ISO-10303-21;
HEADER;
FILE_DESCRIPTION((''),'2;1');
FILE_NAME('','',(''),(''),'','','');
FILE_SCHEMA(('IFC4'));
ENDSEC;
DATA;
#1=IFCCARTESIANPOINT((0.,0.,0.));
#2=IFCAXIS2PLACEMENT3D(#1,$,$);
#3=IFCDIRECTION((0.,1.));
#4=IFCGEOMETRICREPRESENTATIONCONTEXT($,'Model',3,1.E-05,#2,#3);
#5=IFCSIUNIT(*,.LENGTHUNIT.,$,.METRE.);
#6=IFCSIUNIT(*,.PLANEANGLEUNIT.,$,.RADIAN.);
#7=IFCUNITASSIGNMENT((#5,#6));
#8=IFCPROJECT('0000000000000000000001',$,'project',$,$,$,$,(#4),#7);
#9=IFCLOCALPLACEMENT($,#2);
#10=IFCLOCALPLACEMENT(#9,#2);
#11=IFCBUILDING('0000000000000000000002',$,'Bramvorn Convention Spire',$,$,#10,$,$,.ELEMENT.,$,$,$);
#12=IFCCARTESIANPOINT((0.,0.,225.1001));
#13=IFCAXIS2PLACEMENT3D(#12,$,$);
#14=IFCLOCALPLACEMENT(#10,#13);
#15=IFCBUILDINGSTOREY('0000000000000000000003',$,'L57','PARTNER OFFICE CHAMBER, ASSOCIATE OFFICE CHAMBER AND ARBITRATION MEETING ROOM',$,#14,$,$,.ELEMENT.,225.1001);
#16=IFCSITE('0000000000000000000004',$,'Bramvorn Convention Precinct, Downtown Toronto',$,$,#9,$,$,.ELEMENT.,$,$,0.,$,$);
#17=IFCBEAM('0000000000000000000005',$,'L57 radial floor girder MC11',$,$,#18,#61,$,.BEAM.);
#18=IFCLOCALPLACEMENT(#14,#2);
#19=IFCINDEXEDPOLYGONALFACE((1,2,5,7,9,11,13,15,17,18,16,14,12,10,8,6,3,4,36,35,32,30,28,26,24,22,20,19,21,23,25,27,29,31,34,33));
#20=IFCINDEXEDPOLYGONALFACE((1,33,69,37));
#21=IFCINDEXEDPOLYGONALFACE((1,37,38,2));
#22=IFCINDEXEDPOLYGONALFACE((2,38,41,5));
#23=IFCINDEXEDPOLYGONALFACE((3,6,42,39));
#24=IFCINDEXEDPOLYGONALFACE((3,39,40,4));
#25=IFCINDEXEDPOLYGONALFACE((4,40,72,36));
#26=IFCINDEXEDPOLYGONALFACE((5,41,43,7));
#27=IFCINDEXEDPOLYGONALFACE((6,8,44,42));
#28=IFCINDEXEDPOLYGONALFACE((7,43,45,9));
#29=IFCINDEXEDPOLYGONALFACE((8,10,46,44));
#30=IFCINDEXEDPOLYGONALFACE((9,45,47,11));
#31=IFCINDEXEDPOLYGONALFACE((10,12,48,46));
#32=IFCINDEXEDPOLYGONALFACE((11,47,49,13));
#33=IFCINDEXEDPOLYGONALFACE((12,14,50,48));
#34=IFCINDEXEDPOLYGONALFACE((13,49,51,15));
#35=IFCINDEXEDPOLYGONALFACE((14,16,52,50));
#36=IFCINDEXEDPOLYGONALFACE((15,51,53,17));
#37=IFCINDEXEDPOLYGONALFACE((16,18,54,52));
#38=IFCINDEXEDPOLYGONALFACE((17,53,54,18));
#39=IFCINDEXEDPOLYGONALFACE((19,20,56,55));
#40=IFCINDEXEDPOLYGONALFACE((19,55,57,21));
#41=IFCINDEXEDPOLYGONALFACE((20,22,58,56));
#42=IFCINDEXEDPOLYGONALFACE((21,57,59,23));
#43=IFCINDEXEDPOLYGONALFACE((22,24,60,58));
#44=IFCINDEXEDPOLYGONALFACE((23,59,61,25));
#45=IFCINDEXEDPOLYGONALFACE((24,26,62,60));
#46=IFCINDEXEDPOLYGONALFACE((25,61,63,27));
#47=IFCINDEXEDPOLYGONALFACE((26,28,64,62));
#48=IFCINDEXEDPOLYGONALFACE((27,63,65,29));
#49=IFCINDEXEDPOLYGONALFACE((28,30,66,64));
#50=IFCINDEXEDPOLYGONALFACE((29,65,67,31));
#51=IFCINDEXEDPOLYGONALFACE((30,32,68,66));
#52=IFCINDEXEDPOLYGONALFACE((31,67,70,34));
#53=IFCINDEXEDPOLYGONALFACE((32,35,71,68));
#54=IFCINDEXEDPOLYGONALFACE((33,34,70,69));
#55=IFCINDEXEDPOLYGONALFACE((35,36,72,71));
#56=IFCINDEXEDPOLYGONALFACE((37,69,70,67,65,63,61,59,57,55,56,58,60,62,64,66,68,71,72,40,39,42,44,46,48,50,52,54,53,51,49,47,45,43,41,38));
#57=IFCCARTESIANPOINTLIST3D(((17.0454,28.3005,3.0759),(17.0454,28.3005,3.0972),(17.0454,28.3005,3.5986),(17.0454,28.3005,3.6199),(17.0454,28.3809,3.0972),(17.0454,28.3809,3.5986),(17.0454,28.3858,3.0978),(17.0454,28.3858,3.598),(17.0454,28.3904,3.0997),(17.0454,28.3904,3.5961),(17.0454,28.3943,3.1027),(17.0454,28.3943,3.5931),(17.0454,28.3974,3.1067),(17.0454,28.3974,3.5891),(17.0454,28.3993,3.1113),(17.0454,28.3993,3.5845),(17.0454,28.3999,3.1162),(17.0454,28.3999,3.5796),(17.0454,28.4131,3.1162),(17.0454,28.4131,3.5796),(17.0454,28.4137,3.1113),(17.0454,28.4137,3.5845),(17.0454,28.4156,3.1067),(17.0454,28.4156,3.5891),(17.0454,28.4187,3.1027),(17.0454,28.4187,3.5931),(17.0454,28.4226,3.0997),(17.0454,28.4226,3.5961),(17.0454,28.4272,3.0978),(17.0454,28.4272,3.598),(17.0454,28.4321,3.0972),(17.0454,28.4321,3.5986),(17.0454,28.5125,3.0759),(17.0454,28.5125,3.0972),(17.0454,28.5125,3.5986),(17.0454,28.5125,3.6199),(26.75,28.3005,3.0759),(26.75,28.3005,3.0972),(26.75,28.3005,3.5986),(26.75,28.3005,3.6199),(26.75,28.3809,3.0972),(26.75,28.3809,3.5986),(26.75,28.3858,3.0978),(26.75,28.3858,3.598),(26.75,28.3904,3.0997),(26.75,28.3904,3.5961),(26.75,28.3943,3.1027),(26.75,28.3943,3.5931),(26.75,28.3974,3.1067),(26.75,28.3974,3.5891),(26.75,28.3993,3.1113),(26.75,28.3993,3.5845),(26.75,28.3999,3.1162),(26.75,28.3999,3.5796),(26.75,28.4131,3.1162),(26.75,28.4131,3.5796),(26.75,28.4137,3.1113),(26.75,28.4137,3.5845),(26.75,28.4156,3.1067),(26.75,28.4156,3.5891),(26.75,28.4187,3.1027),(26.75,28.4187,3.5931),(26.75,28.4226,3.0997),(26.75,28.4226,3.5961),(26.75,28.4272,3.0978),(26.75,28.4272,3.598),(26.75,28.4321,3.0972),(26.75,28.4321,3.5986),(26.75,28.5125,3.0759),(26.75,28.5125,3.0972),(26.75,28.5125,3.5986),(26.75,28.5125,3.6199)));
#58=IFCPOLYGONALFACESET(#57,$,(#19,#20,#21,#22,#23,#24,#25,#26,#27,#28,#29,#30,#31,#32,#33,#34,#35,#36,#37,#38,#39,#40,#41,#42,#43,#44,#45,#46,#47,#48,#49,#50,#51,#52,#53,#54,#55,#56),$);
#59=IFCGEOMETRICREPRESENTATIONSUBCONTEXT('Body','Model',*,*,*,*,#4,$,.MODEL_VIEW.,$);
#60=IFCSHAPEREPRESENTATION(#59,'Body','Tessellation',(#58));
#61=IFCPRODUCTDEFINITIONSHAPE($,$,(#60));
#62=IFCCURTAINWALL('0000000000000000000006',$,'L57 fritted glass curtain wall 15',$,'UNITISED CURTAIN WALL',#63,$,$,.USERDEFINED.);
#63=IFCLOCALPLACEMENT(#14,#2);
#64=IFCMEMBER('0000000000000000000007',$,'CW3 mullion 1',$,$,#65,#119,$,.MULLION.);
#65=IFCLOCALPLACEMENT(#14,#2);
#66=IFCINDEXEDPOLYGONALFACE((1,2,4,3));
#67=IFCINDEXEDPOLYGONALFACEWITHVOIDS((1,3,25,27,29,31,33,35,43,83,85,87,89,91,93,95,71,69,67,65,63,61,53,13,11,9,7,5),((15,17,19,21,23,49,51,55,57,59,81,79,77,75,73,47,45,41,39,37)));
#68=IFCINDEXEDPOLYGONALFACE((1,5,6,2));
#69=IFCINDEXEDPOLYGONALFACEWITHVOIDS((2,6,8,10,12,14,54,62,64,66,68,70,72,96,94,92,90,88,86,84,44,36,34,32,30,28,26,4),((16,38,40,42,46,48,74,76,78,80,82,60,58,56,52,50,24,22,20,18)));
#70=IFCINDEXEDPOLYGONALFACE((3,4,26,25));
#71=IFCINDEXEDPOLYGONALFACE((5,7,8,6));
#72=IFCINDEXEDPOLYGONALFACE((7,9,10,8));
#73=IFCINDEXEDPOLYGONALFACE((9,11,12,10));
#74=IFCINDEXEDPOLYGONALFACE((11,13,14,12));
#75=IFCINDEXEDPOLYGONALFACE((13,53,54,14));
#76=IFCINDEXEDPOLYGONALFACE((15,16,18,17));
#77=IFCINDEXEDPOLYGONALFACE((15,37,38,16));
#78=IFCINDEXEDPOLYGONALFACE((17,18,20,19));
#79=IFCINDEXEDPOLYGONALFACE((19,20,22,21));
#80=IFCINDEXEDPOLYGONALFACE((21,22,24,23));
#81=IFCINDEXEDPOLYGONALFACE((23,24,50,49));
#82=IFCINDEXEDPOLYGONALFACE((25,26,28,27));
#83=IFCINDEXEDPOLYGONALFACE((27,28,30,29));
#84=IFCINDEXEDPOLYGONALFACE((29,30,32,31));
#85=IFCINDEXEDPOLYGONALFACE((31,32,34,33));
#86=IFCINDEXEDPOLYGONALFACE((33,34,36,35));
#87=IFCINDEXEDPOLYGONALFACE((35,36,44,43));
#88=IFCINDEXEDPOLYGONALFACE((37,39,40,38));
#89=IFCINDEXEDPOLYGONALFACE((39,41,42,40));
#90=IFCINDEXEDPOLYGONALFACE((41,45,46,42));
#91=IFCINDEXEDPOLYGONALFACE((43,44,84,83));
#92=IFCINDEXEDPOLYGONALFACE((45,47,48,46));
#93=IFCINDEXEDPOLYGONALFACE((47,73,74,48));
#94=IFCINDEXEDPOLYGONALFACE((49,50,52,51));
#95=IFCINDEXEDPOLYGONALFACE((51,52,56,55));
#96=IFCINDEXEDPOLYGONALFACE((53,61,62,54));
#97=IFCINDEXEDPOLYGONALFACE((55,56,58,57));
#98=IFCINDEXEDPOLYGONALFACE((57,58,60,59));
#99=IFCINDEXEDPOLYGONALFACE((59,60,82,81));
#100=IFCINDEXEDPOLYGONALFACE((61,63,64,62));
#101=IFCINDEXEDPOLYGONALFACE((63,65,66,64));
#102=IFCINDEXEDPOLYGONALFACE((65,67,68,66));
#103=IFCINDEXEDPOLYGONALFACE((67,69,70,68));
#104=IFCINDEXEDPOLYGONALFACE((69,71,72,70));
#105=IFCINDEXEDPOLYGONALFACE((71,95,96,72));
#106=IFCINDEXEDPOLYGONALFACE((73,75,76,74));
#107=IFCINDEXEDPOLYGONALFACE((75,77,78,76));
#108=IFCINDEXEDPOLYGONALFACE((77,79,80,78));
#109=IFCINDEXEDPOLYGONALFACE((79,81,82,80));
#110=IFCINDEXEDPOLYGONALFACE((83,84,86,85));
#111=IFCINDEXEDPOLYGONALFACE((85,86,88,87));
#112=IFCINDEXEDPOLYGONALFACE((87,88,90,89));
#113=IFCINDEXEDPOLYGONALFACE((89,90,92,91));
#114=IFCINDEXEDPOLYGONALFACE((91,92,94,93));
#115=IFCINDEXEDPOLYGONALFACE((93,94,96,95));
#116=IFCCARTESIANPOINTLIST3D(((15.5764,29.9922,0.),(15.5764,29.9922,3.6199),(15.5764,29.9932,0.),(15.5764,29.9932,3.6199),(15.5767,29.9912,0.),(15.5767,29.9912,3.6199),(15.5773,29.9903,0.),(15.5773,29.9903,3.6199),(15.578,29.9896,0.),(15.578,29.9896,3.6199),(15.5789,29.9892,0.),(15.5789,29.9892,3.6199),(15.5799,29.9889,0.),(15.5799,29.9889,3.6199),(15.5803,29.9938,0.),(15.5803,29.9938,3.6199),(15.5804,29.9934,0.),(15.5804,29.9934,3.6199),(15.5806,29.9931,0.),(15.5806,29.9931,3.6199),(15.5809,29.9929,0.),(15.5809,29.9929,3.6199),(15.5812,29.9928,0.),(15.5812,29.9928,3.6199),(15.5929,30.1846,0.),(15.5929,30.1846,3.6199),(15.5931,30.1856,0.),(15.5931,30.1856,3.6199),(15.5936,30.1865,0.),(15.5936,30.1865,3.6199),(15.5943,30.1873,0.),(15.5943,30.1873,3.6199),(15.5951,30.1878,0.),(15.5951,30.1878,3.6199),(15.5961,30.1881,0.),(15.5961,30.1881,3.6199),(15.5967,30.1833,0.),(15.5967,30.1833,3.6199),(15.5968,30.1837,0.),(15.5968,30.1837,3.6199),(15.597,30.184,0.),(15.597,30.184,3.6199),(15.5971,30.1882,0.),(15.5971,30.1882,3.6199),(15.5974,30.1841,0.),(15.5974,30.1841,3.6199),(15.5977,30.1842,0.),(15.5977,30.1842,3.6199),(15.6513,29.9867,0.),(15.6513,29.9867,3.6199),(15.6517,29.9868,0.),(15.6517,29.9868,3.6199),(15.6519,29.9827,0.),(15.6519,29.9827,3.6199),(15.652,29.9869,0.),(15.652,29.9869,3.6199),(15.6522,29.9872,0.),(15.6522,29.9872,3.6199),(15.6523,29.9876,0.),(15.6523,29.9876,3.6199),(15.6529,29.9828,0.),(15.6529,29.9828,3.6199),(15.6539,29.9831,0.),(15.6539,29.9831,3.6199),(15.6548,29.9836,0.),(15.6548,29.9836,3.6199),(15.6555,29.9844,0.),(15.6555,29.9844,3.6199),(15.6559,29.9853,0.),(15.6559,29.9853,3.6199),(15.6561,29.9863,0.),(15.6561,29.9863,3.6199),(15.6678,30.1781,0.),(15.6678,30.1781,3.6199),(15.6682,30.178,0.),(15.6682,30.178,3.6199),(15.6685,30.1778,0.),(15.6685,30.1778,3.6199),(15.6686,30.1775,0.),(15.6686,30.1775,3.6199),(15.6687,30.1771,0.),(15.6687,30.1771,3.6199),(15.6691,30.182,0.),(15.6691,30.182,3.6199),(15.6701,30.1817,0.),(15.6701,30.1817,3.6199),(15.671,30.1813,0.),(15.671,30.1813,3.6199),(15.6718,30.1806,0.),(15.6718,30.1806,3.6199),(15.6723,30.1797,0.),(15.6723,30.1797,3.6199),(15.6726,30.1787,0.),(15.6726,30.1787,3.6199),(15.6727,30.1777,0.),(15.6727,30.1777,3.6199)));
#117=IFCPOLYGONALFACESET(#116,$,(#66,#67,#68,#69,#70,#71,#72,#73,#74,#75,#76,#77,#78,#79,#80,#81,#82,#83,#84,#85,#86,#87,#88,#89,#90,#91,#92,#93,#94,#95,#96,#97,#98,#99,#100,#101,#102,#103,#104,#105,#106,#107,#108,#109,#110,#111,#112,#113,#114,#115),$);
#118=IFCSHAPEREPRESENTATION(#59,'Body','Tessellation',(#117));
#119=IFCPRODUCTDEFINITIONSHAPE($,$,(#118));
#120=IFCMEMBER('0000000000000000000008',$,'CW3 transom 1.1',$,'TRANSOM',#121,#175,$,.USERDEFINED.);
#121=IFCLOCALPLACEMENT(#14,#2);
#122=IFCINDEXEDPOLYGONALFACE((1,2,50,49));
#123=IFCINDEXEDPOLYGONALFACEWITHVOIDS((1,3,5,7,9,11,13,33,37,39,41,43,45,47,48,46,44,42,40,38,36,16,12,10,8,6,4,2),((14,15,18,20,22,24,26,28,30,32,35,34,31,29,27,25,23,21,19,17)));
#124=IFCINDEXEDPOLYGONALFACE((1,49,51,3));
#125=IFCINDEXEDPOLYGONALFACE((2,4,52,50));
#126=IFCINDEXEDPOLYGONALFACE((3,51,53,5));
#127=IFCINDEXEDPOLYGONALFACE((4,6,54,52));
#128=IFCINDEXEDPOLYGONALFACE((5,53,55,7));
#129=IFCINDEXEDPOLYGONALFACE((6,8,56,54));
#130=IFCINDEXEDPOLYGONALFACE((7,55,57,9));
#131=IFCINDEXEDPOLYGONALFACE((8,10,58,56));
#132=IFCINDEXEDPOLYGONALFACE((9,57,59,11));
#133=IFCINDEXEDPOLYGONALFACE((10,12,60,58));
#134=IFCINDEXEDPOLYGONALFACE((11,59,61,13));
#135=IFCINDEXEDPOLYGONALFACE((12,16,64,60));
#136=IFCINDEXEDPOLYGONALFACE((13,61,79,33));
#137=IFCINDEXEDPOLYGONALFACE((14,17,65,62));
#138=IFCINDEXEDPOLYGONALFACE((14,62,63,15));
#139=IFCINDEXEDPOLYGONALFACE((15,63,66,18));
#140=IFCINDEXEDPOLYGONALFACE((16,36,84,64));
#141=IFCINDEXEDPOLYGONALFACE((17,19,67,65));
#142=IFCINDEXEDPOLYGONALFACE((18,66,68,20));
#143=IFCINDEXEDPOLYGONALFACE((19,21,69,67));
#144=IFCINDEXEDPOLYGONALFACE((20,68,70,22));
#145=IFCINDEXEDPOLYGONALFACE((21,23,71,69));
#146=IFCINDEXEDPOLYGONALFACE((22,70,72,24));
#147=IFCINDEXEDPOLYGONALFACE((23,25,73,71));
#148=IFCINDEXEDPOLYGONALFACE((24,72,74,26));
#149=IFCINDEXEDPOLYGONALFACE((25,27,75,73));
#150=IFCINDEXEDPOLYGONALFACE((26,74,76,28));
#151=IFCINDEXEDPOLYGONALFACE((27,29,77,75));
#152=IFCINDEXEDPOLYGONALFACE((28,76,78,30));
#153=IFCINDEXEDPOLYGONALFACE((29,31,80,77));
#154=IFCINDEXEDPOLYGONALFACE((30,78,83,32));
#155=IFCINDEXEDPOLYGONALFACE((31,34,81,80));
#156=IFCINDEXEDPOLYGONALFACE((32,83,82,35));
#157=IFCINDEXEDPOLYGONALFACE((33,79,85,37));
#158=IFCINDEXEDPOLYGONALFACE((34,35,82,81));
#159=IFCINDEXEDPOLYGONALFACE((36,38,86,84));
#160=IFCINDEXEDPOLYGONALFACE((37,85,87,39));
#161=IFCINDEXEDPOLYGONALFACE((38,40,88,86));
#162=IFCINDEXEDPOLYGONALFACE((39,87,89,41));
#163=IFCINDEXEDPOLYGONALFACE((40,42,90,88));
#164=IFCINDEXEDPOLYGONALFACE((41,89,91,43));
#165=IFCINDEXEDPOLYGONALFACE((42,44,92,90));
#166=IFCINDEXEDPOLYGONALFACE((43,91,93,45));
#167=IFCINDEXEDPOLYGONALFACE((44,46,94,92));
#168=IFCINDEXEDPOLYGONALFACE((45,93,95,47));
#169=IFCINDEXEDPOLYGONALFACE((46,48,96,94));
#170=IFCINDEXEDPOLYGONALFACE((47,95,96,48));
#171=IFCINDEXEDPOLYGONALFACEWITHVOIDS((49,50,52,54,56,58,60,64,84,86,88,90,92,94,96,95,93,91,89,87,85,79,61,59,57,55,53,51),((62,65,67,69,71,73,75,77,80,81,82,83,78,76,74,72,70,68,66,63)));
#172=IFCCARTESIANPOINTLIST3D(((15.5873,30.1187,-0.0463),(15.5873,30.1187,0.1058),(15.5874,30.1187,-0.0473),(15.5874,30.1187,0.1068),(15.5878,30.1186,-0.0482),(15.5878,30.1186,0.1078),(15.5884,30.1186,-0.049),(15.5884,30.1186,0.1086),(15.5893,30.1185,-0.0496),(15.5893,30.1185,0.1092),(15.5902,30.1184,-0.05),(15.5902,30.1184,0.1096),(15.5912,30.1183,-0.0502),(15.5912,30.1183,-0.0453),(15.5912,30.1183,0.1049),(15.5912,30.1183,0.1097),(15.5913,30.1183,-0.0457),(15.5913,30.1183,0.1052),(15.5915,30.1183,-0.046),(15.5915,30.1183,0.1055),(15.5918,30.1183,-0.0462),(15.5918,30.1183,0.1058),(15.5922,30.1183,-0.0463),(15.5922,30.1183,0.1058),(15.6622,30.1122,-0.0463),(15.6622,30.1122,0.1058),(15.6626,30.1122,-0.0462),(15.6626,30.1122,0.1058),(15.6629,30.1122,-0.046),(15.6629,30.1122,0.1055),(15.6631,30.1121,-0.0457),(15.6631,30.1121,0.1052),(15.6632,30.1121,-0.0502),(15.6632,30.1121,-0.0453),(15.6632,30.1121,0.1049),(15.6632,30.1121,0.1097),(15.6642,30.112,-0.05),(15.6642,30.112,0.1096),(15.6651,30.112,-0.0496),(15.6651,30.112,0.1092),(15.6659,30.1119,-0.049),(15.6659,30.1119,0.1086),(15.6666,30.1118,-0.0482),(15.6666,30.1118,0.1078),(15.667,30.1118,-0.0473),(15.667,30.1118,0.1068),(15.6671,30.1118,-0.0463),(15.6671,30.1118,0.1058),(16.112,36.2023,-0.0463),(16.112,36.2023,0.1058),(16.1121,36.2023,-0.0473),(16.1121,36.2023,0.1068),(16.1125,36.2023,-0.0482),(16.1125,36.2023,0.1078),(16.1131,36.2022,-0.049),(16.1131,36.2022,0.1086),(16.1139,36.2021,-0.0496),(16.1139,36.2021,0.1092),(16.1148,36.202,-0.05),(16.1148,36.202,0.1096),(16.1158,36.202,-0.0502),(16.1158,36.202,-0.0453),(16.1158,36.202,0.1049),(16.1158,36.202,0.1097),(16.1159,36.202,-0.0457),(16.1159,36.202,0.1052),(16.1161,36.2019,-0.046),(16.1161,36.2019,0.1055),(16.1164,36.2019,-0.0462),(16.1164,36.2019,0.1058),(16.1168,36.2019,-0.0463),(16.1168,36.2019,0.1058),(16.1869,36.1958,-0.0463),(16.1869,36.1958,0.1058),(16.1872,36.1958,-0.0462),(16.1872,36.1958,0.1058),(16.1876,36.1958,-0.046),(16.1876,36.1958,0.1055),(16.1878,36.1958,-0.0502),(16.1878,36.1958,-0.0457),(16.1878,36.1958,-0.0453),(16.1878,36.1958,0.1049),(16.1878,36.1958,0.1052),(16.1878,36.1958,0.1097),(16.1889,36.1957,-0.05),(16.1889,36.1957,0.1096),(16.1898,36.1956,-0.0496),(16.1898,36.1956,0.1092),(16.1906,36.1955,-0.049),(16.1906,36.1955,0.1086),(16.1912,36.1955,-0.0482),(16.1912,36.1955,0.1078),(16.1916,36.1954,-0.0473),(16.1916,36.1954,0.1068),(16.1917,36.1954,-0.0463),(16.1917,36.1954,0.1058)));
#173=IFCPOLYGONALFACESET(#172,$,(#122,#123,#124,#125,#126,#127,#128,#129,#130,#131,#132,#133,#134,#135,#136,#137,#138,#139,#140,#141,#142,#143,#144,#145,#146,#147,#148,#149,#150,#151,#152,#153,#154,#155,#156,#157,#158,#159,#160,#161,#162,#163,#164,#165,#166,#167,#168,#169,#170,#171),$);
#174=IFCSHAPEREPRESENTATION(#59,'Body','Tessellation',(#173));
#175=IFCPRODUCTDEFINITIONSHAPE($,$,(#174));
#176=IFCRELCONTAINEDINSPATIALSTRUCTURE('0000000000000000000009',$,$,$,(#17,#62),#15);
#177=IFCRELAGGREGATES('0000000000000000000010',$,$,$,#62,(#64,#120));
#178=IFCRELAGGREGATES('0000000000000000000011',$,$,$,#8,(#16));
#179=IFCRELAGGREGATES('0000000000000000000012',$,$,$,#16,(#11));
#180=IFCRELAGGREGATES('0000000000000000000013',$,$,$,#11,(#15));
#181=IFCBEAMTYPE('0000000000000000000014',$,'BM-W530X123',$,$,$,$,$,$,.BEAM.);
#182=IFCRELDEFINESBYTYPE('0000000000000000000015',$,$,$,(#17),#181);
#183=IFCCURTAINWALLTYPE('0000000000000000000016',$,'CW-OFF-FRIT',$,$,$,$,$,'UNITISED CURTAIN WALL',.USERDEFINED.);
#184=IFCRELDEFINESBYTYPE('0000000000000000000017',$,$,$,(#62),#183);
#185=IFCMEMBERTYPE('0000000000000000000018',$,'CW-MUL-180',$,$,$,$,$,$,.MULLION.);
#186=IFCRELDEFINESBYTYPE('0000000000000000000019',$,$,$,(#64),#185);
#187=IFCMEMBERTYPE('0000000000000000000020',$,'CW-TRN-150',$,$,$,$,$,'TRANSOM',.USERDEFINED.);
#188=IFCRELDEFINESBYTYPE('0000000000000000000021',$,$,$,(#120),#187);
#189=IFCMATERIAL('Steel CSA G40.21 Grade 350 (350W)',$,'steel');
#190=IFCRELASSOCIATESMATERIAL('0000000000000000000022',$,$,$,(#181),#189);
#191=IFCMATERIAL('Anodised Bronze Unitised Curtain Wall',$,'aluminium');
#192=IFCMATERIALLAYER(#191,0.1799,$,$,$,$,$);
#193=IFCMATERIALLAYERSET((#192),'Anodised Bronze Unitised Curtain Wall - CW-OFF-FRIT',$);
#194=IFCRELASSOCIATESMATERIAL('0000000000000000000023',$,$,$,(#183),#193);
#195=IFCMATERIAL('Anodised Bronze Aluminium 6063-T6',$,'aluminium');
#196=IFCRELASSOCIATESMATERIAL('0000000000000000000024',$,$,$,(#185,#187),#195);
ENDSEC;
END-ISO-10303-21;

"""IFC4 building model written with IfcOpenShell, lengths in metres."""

from ifc_helpers import new_model, si_unit, direction, frame, origin, origin_2d, place, context, subcontext, project, spatial, hollow_rectangle, i_section, extrude, material, layer, layer_set, material_profile, profile_set, type_object, element, aggregate, save


model = new_model("IFC4")

# Units and contexts
model_context = context("Model", 3, precision=1e-05, world=origin(), true_north=direction((0.0, 1.0)))
body_context = subcontext(model_context, "Body", "Model", "MODEL_VIEW")
ifc_project = project(units=[si_unit("LENGTHUNIT", "METRE"), si_unit("PLANEANGLEUNIT", "RADIAN")], contexts=[model_context])

# Site, building, storey
site_placement = place(None, origin())
site = spatial("IfcSite", under=ifc_project, at=site_placement, Name="Bramvorn Convention Precinct, Downtown Toronto", CompositionType="ELEMENT", RefElevation=0.0)
building_placement = place(site_placement, origin())
building = spatial("IfcBuilding", under=site, at=building_placement, Name="Bramvorn Convention Spire", CompositionType="ELEMENT")
storey_placement = place(building_placement, frame((0.0, 0.0, 225.1001)))
storey = spatial("IfcBuildingStorey", under=building, at=storey_placement, Name="L57", Description="PARTNER OFFICE CHAMBER, ASSOCIATE OFFICE CHAMBER AND ARBITRATION MEETING ROOM", CompositionType="ELEMENT", Elevation=225.1001)

# Shared definitions
ifc_material_1 = material(Name="Steel CSA G40.21 Grade 350 (350W)", Category="steel")

# Beam
ifc_material_profile_1 = material_profile(ifc_material_1, i_section(OverallWidth=0.2119, OverallDepth=0.5439, WebThickness=0.0132, FlangeThickness=0.0212, FilletRadius=0.019, at=origin_2d()))
ifc_profile_set_1 = profile_set([ifc_material_profile_1], Name="Steel CSA G40.21 Grade 350 (350W) - W530X123")
beam_type_1 = type_object("IfcBeamType", Name="BM-W530X123", PredefinedType="BEAM", material=ifc_profile_set_1)
beam_1_placement = place(storey_placement, frame((26.75, 28.4065, 3.3479), z_axis=(-1.0, 0.0, 0.0), x_axis=(0.0, -1.0, 0.0)))
element("IfcBeam", 1, at=beam_1_placement, inside=storey, type_object=beam_type_1, Name="L57 radial floor girder MC11", PredefinedType="BEAM", context=body_context, shape_type="SweptSolid", body=[
    extrude(i_section(OverallWidth=0.2119, OverallDepth=0.5439, WebThickness=0.0132, FlangeThickness=0.0212, FilletRadius=0.019, at=origin_2d()), origin(), (0.0, 0.0, 1.0), 9.7046),
])

# Curtain wall, members
ifc_material_2 = material(Name="Anodised Bronze Unitised Curtain Wall", Category="aluminium")
ifc_layer_1 = layer(ifc_material_2, 0.1799)
ifc_layer_set_1 = layer_set([ifc_layer_1], Name="Anodised Bronze Unitised Curtain Wall - CW-OFF-FRIT")
curtain_wall_type = type_object("IfcCurtainWallType", Name="CW-OFF-FRIT", ElementType="UNITISED CURTAIN WALL", PredefinedType="USERDEFINED", material=ifc_layer_set_1)
curtain_wall_placement = place(storey_placement, origin())
curtain_wall = element("IfcCurtainWall", 2, at=curtain_wall_placement, inside=storey, type_object=curtain_wall_type, Name="L57 fritted glass curtain wall 15", ObjectType="UNITISED CURTAIN WALL", PredefinedType="USERDEFINED")
ifc_material_3 = material(Name="Anodised Bronze Aluminium 6063-T6", Category="aluminium")
ifc_material_profile_2 = material_profile(ifc_material_3, hollow_rectangle(XDim=0.0801, YDim=0.2, WallThickness=0.0039, InnerFilletRadius=0.001, OuterFilletRadius=0.0039, at=origin_2d()))
ifc_profile_set_2 = profile_set([ifc_material_profile_2], Name="Anodised Bronze Aluminium 6063-T6 - CWM80X200")
member_type_1 = type_object("IfcMemberType", Name="CW-MUL-180", PredefinedType="MULLION", material=ifc_profile_set_2)
member_1_placement = place(storey_placement, frame((15.6245, 30.0854, 0.0), z_axis=(0.0, 0.0, 1.0), x_axis=(-0.996302, 0.085925, 0.0)))
member_1 = element("IfcMember", 3, at=member_1_placement, type_object=member_type_1, Name="CW3 mullion 1", PredefinedType="MULLION", context=body_context, shape_type="SweptSolid", body=[
    extrude(hollow_rectangle(XDim=0.0801, YDim=0.2, WallThickness=0.0039, InnerFilletRadius=0.001, OuterFilletRadius=0.0039, at=origin_2d()), origin(), (0.0, 0.0, 1.0), 3.6199),
])
ifc_material_profile_3 = material_profile(ifc_material_3, hollow_rectangle(XDim=0.0801, YDim=0.1599, WallThickness=0.0039, InnerFilletRadius=0.001, OuterFilletRadius=0.0039, at=origin_2d()))
ifc_profile_set_3 = profile_set([ifc_material_profile_3], Name="Anodised Bronze Aluminium 6063-T6 - CWT80X160")
member_type_2 = type_object("IfcMemberType", Name="CW-TRN-150", ElementType="TRANSOM", PredefinedType="USERDEFINED", material=ifc_profile_set_3)
member_2_placement = place(storey_placement, frame((15.6272, 30.1152, 0.0298), z_axis=(0.085921, 0.996302, 0.0), x_axis=(-0.996302, 0.085921, 0.0)))
member_2 = element("IfcMember", 4, at=member_2_placement, type_object=member_type_2, Name="CW3 transom 1.1", ObjectType="TRANSOM", PredefinedType="USERDEFINED", context=body_context, shape_type="SweptSolid", body=[
    extrude(hollow_rectangle(XDim=0.0801, YDim=0.1599, WallThickness=0.0039, InnerFilletRadius=0.001, OuterFilletRadius=0.0039, at=origin_2d()), origin(), (0.0, 0.0, 1.0), 6.1062),
])
aggregate(curtain_wall, [member_1, member_2])

save(model, "model.ifc")
